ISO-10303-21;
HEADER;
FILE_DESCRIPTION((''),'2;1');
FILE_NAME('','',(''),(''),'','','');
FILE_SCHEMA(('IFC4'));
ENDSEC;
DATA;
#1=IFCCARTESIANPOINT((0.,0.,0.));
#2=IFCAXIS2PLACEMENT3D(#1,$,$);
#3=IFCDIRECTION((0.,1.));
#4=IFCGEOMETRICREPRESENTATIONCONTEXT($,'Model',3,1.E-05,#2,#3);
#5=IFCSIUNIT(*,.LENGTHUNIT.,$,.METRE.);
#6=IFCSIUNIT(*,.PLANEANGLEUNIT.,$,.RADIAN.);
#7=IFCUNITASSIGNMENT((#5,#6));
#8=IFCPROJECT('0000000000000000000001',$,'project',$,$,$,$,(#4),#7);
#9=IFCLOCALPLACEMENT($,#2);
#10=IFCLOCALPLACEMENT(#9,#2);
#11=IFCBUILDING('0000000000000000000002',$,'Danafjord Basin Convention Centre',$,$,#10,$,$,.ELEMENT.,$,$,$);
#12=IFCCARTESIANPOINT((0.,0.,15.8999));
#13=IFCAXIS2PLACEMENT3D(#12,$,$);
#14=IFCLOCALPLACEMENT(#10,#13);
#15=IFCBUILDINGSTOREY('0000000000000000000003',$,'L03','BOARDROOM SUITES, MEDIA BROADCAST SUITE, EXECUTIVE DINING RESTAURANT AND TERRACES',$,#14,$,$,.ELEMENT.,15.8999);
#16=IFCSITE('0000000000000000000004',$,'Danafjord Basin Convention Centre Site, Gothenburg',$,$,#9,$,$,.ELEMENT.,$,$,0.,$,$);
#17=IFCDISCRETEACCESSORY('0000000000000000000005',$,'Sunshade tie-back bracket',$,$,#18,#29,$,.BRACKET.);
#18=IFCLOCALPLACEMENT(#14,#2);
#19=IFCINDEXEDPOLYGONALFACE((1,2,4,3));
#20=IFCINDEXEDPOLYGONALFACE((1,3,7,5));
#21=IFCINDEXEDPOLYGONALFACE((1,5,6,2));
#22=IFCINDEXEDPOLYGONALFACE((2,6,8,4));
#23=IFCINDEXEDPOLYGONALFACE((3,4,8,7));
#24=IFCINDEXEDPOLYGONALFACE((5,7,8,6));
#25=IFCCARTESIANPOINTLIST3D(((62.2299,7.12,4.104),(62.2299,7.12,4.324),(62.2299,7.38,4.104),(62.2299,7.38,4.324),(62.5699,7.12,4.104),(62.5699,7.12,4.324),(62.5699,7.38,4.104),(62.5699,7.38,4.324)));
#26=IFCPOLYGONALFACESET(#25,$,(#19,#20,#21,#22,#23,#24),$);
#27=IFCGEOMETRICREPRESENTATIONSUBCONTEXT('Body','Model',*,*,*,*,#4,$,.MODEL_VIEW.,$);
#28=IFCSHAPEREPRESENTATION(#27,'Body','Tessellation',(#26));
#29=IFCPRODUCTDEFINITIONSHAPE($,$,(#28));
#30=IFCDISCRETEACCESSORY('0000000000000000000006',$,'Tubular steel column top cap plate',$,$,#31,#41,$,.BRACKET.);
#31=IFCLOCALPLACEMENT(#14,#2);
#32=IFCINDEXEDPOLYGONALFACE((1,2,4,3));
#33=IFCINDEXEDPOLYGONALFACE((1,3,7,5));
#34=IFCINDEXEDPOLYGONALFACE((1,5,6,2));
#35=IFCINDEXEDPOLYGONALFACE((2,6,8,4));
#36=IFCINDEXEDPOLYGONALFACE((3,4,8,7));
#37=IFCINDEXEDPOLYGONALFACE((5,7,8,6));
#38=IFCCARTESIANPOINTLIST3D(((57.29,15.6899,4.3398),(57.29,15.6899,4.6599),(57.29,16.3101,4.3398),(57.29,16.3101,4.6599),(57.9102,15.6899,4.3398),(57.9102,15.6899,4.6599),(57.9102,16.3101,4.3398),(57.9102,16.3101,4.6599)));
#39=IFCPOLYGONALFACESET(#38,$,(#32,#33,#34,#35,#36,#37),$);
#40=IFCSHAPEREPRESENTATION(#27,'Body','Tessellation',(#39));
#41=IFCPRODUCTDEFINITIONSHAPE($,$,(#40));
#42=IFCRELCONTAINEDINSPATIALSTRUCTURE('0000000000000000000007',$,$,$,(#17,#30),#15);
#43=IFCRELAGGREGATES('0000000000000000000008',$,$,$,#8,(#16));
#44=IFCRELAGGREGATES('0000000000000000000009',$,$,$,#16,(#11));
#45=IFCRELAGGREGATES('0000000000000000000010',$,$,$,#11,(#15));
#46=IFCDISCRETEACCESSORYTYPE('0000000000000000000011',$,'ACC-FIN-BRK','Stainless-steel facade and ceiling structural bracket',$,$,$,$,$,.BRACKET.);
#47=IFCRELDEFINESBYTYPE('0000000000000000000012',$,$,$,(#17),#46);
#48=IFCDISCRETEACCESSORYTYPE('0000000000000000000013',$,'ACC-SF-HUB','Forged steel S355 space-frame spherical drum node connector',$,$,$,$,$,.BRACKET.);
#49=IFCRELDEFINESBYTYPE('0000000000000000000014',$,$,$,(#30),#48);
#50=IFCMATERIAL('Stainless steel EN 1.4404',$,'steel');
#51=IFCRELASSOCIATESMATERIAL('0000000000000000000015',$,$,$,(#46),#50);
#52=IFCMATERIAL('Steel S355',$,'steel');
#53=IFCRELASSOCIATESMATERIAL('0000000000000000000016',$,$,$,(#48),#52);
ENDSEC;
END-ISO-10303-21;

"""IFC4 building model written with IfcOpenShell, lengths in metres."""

from ifc_helpers import new_model, si_unit, direction, frame, origin, origin_2d, place, context, subcontext, project, spatial, rectangle, extrude, material, type_object, element, save


model = new_model("IFC4")

# Units and contexts
model_context = context("Model", 3, precision=1e-05, world=origin(), true_north=direction((0.0, 1.0)))
body_context = subcontext(model_context, "Body", "Model", "MODEL_VIEW")
ifc_project = project(units=[si_unit("LENGTHUNIT", "METRE"), si_unit("PLANEANGLEUNIT", "RADIAN")], contexts=[model_context])

# Site, building, storey
site_placement = place(None, origin())
site = spatial("IfcSite", under=ifc_project, at=site_placement, Name="Danafjord Basin Convention Centre Site, Gothenburg", CompositionType="ELEMENT", RefElevation=0.0)
building_placement = place(site_placement, origin())
building = spatial("IfcBuilding", under=site, at=building_placement, Name="Danafjord Basin Convention Centre", CompositionType="ELEMENT")
storey_placement = place(building_placement, frame((0.0, 0.0, 15.8999)))
storey = spatial("IfcBuildingStorey", under=building, at=storey_placement, Name="L03", Description="BOARDROOM SUITES, MEDIA BROADCAST SUITE, EXECUTIVE DINING RESTAURANT AND TERRACES", CompositionType="ELEMENT", Elevation=15.8999)

# Shared definitions
ifc_material_1 = material(Name="Steel S355", Category="steel")

# Discrete accessories
ifc_material_2 = material(Name="Stainless steel EN 1.4404", Category="steel")
discrete_accessory_type_1 = type_object("IfcDiscreteAccessoryType", Name="ACC-FIN-BRK", Description="Stainless-steel facade and ceiling structural bracket", PredefinedType="BRACKET", material=ifc_material_2)
discrete_accessory_1_placement = place(storey_placement, frame((62.3999, 7.25, 4.104), z_axis=(0.0, 0.0, 1.0), x_axis=(1.0, 0.0, 0.0)))
element("IfcDiscreteAccessory", 1, at=discrete_accessory_1_placement, inside=storey, type_object=discrete_accessory_type_1, Name="Sunshade tie-back bracket", PredefinedType="BRACKET", context=body_context, shape_type="SweptSolid", body=[
    extrude(rectangle(XDim=0.3401, YDim=0.26, at=origin_2d()), origin(), (0.0, 0.0, 1.0), 0.22),
])
discrete_accessory_type_2 = type_object("IfcDiscreteAccessoryType", Name="ACC-SF-HUB", Description="Forged steel S355 space-frame spherical drum node connector", PredefinedType="BRACKET", material=ifc_material_1)
discrete_accessory_2_placement = place(storey_placement, frame((57.6001, 16.0, 4.3398), z_axis=(0.0, 0.0, 1.0), x_axis=(1.0, 0.0, 0.0)))
element("IfcDiscreteAccessory", 2, at=discrete_accessory_2_placement, inside=storey, type_object=discrete_accessory_type_2, Name="Tubular steel column top cap plate", PredefinedType="BRACKET", context=body_context, shape_type="SweptSolid", body=[
    extrude(rectangle(XDim=0.6201, YDim=0.6201, at=origin_2d()), origin(), (0.0, 0.0, 1.0), 0.3201),
])

save(model, "model.ifc")
